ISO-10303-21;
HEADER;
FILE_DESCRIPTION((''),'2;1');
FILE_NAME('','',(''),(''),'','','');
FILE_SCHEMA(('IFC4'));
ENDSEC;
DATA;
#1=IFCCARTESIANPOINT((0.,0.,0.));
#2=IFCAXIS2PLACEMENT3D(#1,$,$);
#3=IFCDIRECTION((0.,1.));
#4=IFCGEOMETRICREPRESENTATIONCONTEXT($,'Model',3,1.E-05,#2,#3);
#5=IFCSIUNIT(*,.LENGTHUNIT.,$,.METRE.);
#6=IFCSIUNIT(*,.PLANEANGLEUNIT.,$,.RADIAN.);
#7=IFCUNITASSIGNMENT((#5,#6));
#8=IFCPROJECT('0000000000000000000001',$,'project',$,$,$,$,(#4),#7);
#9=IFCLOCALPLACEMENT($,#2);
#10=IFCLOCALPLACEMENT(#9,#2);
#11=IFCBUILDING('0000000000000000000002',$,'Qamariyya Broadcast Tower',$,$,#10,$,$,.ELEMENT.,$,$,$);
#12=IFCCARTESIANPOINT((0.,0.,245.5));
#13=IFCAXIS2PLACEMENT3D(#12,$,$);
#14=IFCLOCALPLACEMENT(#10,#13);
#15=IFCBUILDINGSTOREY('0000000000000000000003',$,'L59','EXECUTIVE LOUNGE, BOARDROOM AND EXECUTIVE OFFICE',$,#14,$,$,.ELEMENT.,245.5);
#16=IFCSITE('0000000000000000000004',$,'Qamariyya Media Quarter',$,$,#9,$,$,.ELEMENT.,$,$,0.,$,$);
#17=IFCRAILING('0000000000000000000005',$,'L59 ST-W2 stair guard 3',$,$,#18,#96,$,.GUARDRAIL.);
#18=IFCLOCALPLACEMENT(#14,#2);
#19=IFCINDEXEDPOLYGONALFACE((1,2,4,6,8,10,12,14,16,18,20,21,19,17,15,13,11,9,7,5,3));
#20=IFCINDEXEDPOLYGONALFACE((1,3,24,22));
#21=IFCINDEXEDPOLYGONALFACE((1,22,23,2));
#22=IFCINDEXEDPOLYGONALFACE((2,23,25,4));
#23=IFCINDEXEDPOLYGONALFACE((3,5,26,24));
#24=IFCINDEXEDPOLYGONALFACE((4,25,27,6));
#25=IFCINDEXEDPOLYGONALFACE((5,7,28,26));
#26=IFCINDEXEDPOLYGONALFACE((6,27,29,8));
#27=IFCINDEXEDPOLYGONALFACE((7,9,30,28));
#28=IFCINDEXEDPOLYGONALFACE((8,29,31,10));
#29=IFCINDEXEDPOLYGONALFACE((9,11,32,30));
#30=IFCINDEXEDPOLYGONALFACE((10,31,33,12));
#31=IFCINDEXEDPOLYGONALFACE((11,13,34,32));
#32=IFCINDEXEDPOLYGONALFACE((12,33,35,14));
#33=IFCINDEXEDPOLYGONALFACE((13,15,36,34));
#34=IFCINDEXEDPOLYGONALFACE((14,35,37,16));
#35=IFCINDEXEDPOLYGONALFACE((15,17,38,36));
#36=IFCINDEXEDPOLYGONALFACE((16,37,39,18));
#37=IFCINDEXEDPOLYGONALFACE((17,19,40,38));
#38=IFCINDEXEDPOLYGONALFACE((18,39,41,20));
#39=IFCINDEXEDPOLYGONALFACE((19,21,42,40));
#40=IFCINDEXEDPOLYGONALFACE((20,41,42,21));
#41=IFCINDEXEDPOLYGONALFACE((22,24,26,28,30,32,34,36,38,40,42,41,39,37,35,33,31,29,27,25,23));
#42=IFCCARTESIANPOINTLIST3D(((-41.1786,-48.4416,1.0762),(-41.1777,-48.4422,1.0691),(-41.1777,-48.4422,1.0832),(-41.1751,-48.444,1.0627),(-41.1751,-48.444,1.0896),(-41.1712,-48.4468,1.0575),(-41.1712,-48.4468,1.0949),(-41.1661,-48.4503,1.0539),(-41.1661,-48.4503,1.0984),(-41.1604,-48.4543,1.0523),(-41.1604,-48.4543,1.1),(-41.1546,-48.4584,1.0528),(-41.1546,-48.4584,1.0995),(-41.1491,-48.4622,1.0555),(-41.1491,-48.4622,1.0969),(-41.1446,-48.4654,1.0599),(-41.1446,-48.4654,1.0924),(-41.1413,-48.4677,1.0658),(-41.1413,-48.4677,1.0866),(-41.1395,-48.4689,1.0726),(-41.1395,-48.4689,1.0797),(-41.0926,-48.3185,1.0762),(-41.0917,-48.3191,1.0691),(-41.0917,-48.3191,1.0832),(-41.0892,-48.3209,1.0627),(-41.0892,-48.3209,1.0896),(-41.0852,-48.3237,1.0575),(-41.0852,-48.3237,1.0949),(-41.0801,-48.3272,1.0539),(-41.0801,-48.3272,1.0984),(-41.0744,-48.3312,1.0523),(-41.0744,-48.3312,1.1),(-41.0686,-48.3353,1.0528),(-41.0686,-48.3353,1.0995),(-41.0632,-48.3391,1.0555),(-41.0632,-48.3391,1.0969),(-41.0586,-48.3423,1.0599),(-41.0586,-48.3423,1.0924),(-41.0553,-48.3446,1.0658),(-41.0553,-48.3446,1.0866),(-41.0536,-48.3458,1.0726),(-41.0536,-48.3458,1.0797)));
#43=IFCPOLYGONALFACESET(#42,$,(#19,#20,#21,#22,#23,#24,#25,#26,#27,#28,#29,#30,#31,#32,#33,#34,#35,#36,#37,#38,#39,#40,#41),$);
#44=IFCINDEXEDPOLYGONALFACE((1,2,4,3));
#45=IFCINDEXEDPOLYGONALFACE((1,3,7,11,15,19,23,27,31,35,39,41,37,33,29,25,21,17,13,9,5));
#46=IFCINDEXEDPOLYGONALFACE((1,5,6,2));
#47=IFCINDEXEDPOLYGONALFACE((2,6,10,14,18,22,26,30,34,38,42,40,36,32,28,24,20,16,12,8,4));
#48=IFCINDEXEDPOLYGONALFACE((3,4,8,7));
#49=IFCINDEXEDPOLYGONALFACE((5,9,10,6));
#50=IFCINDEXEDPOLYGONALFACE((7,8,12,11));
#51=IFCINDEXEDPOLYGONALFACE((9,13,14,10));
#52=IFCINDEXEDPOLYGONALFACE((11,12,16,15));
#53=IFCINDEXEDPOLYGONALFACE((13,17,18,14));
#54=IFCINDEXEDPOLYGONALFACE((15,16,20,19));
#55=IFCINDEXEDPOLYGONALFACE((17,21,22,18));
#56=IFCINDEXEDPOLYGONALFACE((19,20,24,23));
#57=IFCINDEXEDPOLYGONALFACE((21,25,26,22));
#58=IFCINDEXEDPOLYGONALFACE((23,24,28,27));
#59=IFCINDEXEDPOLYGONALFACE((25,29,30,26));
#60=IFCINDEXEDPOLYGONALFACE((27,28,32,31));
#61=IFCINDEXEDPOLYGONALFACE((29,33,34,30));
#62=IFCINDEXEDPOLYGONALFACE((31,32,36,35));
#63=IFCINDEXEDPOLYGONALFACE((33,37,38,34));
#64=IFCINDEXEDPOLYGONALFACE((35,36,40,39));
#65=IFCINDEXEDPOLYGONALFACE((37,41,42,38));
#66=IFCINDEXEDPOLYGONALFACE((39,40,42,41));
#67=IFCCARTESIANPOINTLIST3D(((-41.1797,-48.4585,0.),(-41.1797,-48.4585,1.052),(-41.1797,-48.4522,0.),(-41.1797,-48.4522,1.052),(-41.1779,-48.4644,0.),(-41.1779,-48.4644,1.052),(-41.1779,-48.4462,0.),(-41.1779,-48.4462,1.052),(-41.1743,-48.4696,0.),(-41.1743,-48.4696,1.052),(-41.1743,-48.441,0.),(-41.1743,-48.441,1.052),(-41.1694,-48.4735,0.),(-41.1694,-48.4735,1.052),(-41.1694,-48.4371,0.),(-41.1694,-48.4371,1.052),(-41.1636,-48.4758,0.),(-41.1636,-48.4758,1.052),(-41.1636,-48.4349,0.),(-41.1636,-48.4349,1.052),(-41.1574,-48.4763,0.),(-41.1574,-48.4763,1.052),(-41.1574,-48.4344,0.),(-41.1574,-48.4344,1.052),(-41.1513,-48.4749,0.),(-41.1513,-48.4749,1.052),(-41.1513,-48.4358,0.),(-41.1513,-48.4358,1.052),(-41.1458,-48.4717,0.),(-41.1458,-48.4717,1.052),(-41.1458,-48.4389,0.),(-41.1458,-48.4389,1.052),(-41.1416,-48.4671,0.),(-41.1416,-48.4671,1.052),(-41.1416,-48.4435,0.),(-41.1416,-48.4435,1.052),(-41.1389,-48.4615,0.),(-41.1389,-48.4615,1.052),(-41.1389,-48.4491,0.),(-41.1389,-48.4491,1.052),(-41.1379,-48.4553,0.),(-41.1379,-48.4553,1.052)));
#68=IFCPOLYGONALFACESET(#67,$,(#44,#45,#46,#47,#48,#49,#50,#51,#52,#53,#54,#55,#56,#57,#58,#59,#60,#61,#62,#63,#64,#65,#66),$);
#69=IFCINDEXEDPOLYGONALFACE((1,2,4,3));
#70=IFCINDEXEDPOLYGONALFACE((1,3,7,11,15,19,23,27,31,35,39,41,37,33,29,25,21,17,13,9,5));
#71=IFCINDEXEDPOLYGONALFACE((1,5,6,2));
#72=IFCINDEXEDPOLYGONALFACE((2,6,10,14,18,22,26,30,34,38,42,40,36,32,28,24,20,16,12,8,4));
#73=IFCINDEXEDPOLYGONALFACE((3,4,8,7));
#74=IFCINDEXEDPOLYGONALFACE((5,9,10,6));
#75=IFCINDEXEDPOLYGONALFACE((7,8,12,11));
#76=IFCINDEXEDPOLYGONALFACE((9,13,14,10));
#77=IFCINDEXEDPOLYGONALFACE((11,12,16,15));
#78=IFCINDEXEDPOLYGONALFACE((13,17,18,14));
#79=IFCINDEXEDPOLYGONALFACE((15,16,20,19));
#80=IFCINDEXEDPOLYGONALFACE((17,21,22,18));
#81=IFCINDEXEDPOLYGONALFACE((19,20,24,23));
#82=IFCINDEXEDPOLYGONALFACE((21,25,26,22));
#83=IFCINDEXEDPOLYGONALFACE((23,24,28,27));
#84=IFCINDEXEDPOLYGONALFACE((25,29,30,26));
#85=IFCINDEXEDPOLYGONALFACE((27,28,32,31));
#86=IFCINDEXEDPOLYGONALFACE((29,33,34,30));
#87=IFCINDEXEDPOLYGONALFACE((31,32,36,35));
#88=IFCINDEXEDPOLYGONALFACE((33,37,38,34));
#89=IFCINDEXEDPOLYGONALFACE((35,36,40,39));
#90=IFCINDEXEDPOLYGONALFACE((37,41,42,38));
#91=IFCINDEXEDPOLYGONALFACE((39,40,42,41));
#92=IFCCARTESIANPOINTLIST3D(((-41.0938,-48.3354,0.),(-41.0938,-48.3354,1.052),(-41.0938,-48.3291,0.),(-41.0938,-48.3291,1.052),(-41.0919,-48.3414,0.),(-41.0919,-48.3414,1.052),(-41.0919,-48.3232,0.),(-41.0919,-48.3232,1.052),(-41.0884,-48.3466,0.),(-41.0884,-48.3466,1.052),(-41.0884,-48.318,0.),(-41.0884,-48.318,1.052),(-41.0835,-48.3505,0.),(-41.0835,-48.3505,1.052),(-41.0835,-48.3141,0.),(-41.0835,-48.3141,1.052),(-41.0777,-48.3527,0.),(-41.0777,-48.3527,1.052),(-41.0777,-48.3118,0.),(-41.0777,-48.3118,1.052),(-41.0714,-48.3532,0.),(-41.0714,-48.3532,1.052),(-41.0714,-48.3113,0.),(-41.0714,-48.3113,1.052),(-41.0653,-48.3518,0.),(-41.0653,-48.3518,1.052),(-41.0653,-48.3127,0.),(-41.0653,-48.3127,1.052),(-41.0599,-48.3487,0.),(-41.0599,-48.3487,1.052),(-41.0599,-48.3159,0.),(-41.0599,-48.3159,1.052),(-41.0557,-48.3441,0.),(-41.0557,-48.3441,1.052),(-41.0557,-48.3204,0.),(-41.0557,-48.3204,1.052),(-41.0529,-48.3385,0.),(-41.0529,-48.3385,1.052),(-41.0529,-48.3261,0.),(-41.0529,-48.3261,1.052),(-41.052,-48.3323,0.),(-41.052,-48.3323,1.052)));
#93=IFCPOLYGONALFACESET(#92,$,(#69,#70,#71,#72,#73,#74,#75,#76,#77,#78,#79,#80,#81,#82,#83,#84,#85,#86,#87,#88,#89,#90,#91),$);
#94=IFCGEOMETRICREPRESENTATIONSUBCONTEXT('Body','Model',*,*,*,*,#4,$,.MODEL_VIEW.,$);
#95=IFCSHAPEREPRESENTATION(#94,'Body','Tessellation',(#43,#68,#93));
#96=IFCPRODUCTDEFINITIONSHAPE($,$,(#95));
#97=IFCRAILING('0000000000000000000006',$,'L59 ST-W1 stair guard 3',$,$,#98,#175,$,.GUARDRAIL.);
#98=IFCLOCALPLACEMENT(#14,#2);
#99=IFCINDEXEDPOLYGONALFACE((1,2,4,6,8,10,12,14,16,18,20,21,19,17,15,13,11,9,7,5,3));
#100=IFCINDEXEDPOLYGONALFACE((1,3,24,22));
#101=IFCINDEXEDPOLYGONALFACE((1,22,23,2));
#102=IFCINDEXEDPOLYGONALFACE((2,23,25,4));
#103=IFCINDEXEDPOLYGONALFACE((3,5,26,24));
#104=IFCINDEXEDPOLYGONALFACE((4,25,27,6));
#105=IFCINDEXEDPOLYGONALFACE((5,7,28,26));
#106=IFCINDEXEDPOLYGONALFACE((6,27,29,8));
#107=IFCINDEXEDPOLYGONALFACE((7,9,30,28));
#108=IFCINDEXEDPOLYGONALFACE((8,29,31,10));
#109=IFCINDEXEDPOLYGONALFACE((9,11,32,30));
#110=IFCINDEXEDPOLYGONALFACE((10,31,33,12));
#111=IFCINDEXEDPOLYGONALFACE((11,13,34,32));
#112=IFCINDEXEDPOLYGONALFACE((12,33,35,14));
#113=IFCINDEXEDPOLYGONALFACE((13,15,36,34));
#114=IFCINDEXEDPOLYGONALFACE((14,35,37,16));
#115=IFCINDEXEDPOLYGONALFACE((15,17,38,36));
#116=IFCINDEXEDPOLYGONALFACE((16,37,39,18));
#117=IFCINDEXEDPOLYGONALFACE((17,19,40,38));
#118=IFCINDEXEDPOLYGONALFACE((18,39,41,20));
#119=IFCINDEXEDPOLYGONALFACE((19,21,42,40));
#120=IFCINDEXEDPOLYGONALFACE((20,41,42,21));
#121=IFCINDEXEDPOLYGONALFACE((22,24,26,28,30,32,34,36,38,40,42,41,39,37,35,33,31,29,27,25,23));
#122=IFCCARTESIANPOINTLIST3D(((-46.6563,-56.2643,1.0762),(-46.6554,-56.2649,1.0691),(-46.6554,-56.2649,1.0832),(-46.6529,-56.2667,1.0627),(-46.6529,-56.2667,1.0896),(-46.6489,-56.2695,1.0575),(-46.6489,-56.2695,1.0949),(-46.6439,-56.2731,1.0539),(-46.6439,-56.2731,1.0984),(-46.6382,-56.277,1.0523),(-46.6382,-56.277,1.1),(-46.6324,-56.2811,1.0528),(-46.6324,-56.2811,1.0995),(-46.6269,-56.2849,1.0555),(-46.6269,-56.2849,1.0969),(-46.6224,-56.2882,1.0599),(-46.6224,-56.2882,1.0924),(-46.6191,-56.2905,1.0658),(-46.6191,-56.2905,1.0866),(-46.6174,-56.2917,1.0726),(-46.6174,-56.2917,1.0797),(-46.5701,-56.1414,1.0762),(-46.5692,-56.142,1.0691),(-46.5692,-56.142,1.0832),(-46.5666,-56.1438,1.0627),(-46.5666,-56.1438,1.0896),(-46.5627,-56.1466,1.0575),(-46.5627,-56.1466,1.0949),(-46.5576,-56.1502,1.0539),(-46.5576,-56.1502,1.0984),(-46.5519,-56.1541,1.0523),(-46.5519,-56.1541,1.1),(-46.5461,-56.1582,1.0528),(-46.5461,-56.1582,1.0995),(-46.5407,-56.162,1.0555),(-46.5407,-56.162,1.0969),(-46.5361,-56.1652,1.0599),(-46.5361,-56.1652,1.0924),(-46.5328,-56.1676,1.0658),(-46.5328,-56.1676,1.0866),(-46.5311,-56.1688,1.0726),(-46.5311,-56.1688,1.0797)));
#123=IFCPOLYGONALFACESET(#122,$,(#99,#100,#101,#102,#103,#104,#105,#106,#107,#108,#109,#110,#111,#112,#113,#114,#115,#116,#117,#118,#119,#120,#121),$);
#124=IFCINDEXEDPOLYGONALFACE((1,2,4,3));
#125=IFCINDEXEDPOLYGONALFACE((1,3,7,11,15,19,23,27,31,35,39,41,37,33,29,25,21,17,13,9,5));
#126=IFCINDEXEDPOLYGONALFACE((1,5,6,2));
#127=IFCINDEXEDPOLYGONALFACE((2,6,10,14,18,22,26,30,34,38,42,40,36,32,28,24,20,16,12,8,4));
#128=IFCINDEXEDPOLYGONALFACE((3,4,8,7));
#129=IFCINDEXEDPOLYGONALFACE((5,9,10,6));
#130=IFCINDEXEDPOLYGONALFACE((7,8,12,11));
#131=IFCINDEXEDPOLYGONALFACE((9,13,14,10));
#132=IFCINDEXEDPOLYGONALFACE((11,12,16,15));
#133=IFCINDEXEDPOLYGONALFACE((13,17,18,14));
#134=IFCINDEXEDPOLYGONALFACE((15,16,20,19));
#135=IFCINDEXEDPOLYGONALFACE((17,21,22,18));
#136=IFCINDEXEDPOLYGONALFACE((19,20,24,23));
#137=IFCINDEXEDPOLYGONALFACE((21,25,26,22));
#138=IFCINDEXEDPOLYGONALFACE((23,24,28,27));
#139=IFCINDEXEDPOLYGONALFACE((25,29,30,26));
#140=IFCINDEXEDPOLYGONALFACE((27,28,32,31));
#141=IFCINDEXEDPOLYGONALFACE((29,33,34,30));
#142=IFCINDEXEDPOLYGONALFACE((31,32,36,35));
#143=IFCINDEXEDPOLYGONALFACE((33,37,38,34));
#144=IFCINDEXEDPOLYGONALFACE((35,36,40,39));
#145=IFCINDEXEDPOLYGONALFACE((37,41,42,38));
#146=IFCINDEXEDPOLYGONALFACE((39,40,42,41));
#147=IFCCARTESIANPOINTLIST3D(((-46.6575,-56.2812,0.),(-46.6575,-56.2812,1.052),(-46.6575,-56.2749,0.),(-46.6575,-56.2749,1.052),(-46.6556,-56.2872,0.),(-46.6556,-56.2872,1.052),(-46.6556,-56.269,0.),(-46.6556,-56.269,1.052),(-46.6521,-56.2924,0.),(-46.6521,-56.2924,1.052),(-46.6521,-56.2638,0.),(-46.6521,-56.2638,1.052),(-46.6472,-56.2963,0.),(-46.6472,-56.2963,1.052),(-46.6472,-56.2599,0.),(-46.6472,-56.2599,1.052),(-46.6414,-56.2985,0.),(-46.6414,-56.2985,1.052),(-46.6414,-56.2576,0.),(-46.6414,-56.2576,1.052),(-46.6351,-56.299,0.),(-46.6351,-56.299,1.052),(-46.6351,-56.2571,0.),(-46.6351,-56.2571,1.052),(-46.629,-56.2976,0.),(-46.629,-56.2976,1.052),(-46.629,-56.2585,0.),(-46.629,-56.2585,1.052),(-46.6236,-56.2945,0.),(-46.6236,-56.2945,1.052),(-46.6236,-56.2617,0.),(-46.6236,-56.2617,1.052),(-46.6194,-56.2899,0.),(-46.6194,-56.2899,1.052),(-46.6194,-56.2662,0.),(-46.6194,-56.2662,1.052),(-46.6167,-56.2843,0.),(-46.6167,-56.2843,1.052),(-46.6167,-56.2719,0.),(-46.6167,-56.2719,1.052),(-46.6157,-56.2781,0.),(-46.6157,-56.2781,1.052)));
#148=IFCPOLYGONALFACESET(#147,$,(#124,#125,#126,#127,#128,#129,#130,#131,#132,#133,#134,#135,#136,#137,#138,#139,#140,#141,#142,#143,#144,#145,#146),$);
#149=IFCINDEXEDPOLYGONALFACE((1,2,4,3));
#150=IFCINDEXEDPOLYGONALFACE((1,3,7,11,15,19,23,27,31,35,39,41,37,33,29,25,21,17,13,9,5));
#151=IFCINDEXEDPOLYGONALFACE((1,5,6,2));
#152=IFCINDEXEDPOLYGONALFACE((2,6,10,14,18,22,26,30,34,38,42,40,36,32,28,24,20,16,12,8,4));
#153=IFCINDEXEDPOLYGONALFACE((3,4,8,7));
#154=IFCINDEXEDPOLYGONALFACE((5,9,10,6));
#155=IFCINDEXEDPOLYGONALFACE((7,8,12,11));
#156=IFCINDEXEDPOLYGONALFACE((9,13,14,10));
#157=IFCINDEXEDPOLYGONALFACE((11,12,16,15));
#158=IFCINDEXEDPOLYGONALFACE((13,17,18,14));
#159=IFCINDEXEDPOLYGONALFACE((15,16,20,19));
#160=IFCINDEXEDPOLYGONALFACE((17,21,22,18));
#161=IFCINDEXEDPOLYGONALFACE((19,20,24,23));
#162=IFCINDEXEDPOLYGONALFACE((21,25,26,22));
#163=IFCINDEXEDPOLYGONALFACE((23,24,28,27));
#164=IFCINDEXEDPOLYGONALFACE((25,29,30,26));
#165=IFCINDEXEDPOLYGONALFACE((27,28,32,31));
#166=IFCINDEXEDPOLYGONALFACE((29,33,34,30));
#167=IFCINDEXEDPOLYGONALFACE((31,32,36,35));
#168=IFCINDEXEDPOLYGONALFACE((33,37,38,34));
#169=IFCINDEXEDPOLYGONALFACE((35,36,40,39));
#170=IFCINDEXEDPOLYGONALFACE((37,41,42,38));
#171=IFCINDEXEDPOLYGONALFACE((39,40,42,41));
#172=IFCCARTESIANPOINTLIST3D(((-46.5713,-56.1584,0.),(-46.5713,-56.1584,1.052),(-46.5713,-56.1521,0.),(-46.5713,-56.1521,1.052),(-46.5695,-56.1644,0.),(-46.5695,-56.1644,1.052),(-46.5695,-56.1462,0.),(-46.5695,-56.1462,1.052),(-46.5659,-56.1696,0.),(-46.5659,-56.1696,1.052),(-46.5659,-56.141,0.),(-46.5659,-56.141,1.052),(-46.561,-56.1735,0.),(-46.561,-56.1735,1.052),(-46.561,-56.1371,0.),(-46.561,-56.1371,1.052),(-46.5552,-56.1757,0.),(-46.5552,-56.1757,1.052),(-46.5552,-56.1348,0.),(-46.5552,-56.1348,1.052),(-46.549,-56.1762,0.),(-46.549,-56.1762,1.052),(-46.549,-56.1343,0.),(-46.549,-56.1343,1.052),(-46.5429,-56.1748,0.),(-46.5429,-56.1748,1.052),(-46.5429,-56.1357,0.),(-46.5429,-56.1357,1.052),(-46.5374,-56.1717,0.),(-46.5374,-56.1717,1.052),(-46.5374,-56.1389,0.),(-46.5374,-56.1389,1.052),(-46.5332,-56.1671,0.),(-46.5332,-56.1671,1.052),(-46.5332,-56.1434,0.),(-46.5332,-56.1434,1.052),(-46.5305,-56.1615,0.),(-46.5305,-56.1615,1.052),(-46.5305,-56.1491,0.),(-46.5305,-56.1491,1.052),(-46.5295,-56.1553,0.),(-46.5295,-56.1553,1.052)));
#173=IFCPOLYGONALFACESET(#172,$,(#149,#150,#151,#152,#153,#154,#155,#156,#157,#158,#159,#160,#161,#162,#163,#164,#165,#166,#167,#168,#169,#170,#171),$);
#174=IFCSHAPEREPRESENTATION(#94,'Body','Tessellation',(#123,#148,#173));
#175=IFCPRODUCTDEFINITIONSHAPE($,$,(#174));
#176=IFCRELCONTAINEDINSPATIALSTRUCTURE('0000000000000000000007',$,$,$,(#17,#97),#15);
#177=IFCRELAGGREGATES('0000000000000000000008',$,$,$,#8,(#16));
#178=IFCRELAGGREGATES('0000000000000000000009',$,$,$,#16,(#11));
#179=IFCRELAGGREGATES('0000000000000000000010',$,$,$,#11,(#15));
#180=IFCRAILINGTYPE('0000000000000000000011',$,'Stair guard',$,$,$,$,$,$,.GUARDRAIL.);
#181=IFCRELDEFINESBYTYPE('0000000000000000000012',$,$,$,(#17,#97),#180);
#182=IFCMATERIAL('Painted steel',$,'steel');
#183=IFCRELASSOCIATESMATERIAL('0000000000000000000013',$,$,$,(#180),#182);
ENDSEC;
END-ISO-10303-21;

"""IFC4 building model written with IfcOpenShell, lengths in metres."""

from ifc_helpers import new_model, si_unit, direction, frame, origin, origin_2d, place, context, subcontext, project, spatial, circle, extrude, material, type_object, element, save


model = new_model("IFC4")

# Units and contexts
model_context = context("Model", 3, precision=1e-05, world=origin(), true_north=direction((0.0, 1.0)))
body_context = subcontext(model_context, "Body", "Model", "MODEL_VIEW")
ifc_project = project(units=[si_unit("LENGTHUNIT", "METRE"), si_unit("PLANEANGLEUNIT", "RADIAN")], contexts=[model_context])

# Site, building, storey
site_placement = place(None, origin())
site = spatial("IfcSite", under=ifc_project, at=site_placement, Name="Qamariyya Media Quarter", CompositionType="ELEMENT", RefElevation=0.0)
building_placement = place(site_placement, origin())
building = spatial("IfcBuilding", under=site, at=building_placement, Name="Qamariyya Broadcast Tower", CompositionType="ELEMENT")
storey_placement = place(building_placement, frame((0.0, 0.0, 245.5)))
storey = spatial("IfcBuildingStorey", under=building, at=storey_placement, Name="L59", Description="EXECUTIVE LOUNGE, BOARDROOM AND EXECUTIVE OFFICE", CompositionType="ELEMENT", Elevation=245.5)

# Railings
ifc_material_1 = material(Name="Painted steel", Category="steel")
railing_type_1 = type_object("IfcRailingType", Name="Stair guard", PredefinedType="GUARDRAIL", material=ifc_material_1)
railing_1_placement = place(storey_placement, frame((-41.1589, -48.4553, 0.0)))
element("IfcRailing", 1, at=railing_1_placement, inside=storey, type_object=railing_type_1, Name="L59 ST-W2 stair guard 3", PredefinedType="GUARDRAIL", context=body_context, shape_type="SweptSolid", body=[
    extrude(circle(Radius=0.0239, at=origin_2d()), frame((0.0, 0.0, 1.0762), z_axis=(0.572589, 0.819843, 0.0), x_axis=(-0.819843, 0.572589, 0.0)), (0.0, 0.0, 1.0), 0.1501),
    extrude(circle(Radius=0.021, at=origin_2d()), origin(), (0.0, 0.0, 1.0), 1.052),
    extrude(circle(Radius=0.021, at=origin_2d()), frame((0.0859, 0.123, 0.0)), (0.0, 0.0, 1.0), 1.052),
])
railing_2_placement = place(storey_placement, frame((-46.6367, -56.2781, 0.0)))
element("IfcRailing", 2, at=railing_2_placement, inside=storey, type_object=railing_type_1, Name="L59 ST-W1 stair guard 3", PredefinedType="GUARDRAIL", context=body_context, shape_type="SweptSolid", body=[
    extrude(circle(Radius=0.0239, at=origin_2d()), frame((0.0, 0.0, 1.0762), z_axis=(0.574445, 0.818543, 0.0), x_axis=(-0.818543, 0.574445, 0.0)), (0.0, 0.0, 1.0), 0.1501),
    extrude(circle(Radius=0.021, at=origin_2d()), origin(), (0.0, 0.0, 1.0), 1.052),
    extrude(circle(Radius=0.021, at=origin_2d()), frame((0.0862, 0.1228, 0.0)), (0.0, 0.0, 1.0), 1.052),
])

save(model, "model.ifc")
